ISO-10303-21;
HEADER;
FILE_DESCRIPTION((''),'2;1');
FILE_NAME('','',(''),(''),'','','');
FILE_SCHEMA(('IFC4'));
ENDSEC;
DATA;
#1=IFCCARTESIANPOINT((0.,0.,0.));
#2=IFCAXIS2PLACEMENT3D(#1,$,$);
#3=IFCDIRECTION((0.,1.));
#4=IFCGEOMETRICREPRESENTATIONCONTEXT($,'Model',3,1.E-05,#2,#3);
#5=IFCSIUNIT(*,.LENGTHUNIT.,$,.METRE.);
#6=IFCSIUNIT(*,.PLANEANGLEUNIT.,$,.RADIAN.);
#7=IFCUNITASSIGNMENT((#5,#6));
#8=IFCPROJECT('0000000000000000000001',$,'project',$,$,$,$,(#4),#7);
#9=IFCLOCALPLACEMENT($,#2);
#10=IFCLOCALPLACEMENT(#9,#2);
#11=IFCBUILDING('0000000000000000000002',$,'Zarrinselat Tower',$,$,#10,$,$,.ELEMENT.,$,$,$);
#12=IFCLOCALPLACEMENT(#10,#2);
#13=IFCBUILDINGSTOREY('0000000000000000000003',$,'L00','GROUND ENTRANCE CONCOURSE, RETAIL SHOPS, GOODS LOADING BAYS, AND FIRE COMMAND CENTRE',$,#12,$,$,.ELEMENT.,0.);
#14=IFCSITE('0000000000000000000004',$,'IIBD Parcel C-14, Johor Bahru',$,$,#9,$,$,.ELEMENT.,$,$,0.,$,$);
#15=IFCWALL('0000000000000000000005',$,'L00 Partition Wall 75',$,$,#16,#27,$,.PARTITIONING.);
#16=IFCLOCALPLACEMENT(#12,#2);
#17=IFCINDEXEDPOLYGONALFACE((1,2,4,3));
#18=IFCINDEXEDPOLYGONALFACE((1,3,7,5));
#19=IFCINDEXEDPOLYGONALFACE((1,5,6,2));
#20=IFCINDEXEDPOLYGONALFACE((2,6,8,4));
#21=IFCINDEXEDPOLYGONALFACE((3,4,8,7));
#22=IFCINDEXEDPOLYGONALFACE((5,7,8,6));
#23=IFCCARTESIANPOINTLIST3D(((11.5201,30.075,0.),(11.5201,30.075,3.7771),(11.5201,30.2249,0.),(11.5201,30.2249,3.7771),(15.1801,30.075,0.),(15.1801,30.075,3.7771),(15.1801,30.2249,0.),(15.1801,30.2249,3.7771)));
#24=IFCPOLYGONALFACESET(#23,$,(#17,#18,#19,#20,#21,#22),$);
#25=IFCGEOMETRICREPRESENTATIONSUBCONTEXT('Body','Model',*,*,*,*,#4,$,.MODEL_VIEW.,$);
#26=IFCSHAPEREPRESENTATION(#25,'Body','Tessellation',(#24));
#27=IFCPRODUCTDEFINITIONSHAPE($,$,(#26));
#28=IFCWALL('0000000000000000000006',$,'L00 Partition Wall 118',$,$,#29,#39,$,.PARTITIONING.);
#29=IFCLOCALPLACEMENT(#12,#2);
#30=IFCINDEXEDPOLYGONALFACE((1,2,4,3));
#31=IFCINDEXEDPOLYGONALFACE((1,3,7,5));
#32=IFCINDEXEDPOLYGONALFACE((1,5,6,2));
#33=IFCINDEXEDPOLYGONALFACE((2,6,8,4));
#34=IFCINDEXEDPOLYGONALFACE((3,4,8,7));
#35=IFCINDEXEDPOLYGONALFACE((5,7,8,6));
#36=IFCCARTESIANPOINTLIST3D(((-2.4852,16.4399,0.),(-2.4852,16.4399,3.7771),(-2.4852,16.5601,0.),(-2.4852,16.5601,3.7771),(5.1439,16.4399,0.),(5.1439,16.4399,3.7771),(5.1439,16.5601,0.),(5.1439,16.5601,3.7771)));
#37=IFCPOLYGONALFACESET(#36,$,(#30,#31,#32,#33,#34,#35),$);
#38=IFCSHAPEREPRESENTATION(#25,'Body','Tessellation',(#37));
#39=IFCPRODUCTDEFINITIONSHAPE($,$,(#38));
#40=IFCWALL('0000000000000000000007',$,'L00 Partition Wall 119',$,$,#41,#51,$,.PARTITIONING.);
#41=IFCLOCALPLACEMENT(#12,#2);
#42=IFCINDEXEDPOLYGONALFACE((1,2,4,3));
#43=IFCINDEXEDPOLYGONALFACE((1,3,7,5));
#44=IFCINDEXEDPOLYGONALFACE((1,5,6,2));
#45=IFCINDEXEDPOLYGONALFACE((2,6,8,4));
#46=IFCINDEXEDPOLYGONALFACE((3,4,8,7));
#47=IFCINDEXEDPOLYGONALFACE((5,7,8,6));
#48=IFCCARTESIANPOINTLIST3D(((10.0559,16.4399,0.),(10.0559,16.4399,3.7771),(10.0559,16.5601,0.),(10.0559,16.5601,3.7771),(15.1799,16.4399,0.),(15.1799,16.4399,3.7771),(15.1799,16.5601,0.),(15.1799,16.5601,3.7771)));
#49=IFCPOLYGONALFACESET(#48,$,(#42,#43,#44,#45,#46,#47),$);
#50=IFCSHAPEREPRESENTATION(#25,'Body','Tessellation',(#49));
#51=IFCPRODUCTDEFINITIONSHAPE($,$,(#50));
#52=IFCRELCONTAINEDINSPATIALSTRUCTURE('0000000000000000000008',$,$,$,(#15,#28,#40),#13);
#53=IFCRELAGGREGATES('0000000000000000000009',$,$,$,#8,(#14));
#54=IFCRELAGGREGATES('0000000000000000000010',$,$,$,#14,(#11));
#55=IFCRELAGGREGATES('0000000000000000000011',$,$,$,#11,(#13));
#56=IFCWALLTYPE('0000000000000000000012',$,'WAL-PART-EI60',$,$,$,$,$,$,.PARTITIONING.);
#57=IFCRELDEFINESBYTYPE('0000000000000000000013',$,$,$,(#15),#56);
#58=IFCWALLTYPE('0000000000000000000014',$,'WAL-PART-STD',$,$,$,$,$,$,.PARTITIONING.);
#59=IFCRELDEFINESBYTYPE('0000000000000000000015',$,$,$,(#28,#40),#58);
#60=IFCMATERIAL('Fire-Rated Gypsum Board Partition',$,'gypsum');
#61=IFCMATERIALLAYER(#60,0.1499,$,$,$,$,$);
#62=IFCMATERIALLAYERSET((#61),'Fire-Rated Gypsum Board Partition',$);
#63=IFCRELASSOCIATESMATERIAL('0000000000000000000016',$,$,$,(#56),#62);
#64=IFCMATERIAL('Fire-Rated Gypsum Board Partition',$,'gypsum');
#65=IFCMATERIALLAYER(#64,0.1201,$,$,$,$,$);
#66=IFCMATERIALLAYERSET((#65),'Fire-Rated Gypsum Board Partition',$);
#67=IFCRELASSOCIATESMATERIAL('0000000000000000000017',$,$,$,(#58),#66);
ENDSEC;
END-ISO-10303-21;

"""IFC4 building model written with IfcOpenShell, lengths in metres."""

from ifc_helpers import new_model, si_unit, direction, frame, frame_2d, origin, place, context, subcontext, project, spatial, rectangle, extrude, material, layer, layer_set, type_object, element, save


model = new_model("IFC4")

# Units and contexts
model_context = context("Model", 3, precision=1e-05, world=origin(), true_north=direction((0.0, 1.0)))
body_context = subcontext(model_context, "Body", "Model", "MODEL_VIEW")
ifc_project = project(units=[si_unit("LENGTHUNIT", "METRE"), si_unit("PLANEANGLEUNIT", "RADIAN")], contexts=[model_context])

# Site, building, storey
site_placement = place(None, origin())
site = spatial("IfcSite", under=ifc_project, at=site_placement, Name="IIBD Parcel C-14, Johor Bahru", CompositionType="ELEMENT", RefElevation=0.0)
building_placement = place(site_placement, origin())
building = spatial("IfcBuilding", under=site, at=building_placement, Name="Zarrinselat Tower", CompositionType="ELEMENT")
storey_placement = place(building_placement, origin())
storey = spatial("IfcBuildingStorey", under=building, at=storey_placement, Name="L00", Description="GROUND ENTRANCE CONCOURSE, RETAIL SHOPS, GOODS LOADING BAYS, AND FIRE COMMAND CENTRE", CompositionType="ELEMENT", Elevation=0.0)

# Shared definitions
ifc_material_1 = material(Name="Fire-Rated Gypsum Board Partition", Category="gypsum")
ifc_layer_1 = layer(ifc_material_1, 0.1499)
ifc_layer_set_1 = layer_set([ifc_layer_1], Name="Fire-Rated Gypsum Board Partition")
wall_type_1 = type_object("IfcWallType", Name="WAL-PART-EI60", PredefinedType="PARTITIONING", material=ifc_layer_set_1)

# Walls
wall_1_placement = place(storey_placement, frame((11.52, 30.1499, 0.0), z_axis=(0.0, 0.0, 1.0), x_axis=(1.0, 0.0, 0.0)))
element("IfcWall", 1, at=wall_1_placement, inside=storey, type_object=wall_type_1, Name="L00 Partition Wall 75", PredefinedType="PARTITIONING", context=body_context, shape_type="SweptSolid", body=[
    extrude(rectangle(XDim=3.6599, YDim=0.1499, at=frame_2d((1.8301, 0.0))), origin(), (0.0, 0.0, 1.0), 3.7771),
])
ifc_material_2 = material(Name="Fire-Rated Gypsum Board Partition", Category="gypsum")
ifc_layer_2 = layer(ifc_material_2, 0.1201)
ifc_layer_set_2 = layer_set([ifc_layer_2], Name="Fire-Rated Gypsum Board Partition")
wall_type_2 = type_object("IfcWallType", Name="WAL-PART-STD", PredefinedType="PARTITIONING", material=ifc_layer_set_2)
wall_2_placement = place(storey_placement, frame((-2.4851, 16.5, 0.0), z_axis=(0.0, 0.0, 1.0), x_axis=(1.0, 0.0, 0.0)))
element("IfcWall", 2, at=wall_2_placement, inside=storey, type_object=wall_type_2, Name="L00 Partition Wall 118", PredefinedType="PARTITIONING", context=body_context, shape_type="SweptSolid", body=[
    extrude(rectangle(XDim=7.6292, YDim=0.1201, at=frame_2d((3.8145, 0.0))), origin(), (0.0, 0.0, 1.0), 3.7771),
])
wall_3_placement = place(storey_placement, frame((10.0559, 16.5, 0.0), z_axis=(0.0, 0.0, 1.0), x_axis=(1.0, 0.0, 0.0)))
element("IfcWall", 3, at=wall_3_placement, inside=storey, type_object=wall_type_2, Name="L00 Partition Wall 119", PredefinedType="PARTITIONING", context=body_context, shape_type="SweptSolid", body=[
    extrude(rectangle(XDim=5.124, YDim=0.1201, at=frame_2d((2.562, 0.0))), origin(), (0.0, 0.0, 1.0), 3.7771),
])

save(model, "model.ifc")
